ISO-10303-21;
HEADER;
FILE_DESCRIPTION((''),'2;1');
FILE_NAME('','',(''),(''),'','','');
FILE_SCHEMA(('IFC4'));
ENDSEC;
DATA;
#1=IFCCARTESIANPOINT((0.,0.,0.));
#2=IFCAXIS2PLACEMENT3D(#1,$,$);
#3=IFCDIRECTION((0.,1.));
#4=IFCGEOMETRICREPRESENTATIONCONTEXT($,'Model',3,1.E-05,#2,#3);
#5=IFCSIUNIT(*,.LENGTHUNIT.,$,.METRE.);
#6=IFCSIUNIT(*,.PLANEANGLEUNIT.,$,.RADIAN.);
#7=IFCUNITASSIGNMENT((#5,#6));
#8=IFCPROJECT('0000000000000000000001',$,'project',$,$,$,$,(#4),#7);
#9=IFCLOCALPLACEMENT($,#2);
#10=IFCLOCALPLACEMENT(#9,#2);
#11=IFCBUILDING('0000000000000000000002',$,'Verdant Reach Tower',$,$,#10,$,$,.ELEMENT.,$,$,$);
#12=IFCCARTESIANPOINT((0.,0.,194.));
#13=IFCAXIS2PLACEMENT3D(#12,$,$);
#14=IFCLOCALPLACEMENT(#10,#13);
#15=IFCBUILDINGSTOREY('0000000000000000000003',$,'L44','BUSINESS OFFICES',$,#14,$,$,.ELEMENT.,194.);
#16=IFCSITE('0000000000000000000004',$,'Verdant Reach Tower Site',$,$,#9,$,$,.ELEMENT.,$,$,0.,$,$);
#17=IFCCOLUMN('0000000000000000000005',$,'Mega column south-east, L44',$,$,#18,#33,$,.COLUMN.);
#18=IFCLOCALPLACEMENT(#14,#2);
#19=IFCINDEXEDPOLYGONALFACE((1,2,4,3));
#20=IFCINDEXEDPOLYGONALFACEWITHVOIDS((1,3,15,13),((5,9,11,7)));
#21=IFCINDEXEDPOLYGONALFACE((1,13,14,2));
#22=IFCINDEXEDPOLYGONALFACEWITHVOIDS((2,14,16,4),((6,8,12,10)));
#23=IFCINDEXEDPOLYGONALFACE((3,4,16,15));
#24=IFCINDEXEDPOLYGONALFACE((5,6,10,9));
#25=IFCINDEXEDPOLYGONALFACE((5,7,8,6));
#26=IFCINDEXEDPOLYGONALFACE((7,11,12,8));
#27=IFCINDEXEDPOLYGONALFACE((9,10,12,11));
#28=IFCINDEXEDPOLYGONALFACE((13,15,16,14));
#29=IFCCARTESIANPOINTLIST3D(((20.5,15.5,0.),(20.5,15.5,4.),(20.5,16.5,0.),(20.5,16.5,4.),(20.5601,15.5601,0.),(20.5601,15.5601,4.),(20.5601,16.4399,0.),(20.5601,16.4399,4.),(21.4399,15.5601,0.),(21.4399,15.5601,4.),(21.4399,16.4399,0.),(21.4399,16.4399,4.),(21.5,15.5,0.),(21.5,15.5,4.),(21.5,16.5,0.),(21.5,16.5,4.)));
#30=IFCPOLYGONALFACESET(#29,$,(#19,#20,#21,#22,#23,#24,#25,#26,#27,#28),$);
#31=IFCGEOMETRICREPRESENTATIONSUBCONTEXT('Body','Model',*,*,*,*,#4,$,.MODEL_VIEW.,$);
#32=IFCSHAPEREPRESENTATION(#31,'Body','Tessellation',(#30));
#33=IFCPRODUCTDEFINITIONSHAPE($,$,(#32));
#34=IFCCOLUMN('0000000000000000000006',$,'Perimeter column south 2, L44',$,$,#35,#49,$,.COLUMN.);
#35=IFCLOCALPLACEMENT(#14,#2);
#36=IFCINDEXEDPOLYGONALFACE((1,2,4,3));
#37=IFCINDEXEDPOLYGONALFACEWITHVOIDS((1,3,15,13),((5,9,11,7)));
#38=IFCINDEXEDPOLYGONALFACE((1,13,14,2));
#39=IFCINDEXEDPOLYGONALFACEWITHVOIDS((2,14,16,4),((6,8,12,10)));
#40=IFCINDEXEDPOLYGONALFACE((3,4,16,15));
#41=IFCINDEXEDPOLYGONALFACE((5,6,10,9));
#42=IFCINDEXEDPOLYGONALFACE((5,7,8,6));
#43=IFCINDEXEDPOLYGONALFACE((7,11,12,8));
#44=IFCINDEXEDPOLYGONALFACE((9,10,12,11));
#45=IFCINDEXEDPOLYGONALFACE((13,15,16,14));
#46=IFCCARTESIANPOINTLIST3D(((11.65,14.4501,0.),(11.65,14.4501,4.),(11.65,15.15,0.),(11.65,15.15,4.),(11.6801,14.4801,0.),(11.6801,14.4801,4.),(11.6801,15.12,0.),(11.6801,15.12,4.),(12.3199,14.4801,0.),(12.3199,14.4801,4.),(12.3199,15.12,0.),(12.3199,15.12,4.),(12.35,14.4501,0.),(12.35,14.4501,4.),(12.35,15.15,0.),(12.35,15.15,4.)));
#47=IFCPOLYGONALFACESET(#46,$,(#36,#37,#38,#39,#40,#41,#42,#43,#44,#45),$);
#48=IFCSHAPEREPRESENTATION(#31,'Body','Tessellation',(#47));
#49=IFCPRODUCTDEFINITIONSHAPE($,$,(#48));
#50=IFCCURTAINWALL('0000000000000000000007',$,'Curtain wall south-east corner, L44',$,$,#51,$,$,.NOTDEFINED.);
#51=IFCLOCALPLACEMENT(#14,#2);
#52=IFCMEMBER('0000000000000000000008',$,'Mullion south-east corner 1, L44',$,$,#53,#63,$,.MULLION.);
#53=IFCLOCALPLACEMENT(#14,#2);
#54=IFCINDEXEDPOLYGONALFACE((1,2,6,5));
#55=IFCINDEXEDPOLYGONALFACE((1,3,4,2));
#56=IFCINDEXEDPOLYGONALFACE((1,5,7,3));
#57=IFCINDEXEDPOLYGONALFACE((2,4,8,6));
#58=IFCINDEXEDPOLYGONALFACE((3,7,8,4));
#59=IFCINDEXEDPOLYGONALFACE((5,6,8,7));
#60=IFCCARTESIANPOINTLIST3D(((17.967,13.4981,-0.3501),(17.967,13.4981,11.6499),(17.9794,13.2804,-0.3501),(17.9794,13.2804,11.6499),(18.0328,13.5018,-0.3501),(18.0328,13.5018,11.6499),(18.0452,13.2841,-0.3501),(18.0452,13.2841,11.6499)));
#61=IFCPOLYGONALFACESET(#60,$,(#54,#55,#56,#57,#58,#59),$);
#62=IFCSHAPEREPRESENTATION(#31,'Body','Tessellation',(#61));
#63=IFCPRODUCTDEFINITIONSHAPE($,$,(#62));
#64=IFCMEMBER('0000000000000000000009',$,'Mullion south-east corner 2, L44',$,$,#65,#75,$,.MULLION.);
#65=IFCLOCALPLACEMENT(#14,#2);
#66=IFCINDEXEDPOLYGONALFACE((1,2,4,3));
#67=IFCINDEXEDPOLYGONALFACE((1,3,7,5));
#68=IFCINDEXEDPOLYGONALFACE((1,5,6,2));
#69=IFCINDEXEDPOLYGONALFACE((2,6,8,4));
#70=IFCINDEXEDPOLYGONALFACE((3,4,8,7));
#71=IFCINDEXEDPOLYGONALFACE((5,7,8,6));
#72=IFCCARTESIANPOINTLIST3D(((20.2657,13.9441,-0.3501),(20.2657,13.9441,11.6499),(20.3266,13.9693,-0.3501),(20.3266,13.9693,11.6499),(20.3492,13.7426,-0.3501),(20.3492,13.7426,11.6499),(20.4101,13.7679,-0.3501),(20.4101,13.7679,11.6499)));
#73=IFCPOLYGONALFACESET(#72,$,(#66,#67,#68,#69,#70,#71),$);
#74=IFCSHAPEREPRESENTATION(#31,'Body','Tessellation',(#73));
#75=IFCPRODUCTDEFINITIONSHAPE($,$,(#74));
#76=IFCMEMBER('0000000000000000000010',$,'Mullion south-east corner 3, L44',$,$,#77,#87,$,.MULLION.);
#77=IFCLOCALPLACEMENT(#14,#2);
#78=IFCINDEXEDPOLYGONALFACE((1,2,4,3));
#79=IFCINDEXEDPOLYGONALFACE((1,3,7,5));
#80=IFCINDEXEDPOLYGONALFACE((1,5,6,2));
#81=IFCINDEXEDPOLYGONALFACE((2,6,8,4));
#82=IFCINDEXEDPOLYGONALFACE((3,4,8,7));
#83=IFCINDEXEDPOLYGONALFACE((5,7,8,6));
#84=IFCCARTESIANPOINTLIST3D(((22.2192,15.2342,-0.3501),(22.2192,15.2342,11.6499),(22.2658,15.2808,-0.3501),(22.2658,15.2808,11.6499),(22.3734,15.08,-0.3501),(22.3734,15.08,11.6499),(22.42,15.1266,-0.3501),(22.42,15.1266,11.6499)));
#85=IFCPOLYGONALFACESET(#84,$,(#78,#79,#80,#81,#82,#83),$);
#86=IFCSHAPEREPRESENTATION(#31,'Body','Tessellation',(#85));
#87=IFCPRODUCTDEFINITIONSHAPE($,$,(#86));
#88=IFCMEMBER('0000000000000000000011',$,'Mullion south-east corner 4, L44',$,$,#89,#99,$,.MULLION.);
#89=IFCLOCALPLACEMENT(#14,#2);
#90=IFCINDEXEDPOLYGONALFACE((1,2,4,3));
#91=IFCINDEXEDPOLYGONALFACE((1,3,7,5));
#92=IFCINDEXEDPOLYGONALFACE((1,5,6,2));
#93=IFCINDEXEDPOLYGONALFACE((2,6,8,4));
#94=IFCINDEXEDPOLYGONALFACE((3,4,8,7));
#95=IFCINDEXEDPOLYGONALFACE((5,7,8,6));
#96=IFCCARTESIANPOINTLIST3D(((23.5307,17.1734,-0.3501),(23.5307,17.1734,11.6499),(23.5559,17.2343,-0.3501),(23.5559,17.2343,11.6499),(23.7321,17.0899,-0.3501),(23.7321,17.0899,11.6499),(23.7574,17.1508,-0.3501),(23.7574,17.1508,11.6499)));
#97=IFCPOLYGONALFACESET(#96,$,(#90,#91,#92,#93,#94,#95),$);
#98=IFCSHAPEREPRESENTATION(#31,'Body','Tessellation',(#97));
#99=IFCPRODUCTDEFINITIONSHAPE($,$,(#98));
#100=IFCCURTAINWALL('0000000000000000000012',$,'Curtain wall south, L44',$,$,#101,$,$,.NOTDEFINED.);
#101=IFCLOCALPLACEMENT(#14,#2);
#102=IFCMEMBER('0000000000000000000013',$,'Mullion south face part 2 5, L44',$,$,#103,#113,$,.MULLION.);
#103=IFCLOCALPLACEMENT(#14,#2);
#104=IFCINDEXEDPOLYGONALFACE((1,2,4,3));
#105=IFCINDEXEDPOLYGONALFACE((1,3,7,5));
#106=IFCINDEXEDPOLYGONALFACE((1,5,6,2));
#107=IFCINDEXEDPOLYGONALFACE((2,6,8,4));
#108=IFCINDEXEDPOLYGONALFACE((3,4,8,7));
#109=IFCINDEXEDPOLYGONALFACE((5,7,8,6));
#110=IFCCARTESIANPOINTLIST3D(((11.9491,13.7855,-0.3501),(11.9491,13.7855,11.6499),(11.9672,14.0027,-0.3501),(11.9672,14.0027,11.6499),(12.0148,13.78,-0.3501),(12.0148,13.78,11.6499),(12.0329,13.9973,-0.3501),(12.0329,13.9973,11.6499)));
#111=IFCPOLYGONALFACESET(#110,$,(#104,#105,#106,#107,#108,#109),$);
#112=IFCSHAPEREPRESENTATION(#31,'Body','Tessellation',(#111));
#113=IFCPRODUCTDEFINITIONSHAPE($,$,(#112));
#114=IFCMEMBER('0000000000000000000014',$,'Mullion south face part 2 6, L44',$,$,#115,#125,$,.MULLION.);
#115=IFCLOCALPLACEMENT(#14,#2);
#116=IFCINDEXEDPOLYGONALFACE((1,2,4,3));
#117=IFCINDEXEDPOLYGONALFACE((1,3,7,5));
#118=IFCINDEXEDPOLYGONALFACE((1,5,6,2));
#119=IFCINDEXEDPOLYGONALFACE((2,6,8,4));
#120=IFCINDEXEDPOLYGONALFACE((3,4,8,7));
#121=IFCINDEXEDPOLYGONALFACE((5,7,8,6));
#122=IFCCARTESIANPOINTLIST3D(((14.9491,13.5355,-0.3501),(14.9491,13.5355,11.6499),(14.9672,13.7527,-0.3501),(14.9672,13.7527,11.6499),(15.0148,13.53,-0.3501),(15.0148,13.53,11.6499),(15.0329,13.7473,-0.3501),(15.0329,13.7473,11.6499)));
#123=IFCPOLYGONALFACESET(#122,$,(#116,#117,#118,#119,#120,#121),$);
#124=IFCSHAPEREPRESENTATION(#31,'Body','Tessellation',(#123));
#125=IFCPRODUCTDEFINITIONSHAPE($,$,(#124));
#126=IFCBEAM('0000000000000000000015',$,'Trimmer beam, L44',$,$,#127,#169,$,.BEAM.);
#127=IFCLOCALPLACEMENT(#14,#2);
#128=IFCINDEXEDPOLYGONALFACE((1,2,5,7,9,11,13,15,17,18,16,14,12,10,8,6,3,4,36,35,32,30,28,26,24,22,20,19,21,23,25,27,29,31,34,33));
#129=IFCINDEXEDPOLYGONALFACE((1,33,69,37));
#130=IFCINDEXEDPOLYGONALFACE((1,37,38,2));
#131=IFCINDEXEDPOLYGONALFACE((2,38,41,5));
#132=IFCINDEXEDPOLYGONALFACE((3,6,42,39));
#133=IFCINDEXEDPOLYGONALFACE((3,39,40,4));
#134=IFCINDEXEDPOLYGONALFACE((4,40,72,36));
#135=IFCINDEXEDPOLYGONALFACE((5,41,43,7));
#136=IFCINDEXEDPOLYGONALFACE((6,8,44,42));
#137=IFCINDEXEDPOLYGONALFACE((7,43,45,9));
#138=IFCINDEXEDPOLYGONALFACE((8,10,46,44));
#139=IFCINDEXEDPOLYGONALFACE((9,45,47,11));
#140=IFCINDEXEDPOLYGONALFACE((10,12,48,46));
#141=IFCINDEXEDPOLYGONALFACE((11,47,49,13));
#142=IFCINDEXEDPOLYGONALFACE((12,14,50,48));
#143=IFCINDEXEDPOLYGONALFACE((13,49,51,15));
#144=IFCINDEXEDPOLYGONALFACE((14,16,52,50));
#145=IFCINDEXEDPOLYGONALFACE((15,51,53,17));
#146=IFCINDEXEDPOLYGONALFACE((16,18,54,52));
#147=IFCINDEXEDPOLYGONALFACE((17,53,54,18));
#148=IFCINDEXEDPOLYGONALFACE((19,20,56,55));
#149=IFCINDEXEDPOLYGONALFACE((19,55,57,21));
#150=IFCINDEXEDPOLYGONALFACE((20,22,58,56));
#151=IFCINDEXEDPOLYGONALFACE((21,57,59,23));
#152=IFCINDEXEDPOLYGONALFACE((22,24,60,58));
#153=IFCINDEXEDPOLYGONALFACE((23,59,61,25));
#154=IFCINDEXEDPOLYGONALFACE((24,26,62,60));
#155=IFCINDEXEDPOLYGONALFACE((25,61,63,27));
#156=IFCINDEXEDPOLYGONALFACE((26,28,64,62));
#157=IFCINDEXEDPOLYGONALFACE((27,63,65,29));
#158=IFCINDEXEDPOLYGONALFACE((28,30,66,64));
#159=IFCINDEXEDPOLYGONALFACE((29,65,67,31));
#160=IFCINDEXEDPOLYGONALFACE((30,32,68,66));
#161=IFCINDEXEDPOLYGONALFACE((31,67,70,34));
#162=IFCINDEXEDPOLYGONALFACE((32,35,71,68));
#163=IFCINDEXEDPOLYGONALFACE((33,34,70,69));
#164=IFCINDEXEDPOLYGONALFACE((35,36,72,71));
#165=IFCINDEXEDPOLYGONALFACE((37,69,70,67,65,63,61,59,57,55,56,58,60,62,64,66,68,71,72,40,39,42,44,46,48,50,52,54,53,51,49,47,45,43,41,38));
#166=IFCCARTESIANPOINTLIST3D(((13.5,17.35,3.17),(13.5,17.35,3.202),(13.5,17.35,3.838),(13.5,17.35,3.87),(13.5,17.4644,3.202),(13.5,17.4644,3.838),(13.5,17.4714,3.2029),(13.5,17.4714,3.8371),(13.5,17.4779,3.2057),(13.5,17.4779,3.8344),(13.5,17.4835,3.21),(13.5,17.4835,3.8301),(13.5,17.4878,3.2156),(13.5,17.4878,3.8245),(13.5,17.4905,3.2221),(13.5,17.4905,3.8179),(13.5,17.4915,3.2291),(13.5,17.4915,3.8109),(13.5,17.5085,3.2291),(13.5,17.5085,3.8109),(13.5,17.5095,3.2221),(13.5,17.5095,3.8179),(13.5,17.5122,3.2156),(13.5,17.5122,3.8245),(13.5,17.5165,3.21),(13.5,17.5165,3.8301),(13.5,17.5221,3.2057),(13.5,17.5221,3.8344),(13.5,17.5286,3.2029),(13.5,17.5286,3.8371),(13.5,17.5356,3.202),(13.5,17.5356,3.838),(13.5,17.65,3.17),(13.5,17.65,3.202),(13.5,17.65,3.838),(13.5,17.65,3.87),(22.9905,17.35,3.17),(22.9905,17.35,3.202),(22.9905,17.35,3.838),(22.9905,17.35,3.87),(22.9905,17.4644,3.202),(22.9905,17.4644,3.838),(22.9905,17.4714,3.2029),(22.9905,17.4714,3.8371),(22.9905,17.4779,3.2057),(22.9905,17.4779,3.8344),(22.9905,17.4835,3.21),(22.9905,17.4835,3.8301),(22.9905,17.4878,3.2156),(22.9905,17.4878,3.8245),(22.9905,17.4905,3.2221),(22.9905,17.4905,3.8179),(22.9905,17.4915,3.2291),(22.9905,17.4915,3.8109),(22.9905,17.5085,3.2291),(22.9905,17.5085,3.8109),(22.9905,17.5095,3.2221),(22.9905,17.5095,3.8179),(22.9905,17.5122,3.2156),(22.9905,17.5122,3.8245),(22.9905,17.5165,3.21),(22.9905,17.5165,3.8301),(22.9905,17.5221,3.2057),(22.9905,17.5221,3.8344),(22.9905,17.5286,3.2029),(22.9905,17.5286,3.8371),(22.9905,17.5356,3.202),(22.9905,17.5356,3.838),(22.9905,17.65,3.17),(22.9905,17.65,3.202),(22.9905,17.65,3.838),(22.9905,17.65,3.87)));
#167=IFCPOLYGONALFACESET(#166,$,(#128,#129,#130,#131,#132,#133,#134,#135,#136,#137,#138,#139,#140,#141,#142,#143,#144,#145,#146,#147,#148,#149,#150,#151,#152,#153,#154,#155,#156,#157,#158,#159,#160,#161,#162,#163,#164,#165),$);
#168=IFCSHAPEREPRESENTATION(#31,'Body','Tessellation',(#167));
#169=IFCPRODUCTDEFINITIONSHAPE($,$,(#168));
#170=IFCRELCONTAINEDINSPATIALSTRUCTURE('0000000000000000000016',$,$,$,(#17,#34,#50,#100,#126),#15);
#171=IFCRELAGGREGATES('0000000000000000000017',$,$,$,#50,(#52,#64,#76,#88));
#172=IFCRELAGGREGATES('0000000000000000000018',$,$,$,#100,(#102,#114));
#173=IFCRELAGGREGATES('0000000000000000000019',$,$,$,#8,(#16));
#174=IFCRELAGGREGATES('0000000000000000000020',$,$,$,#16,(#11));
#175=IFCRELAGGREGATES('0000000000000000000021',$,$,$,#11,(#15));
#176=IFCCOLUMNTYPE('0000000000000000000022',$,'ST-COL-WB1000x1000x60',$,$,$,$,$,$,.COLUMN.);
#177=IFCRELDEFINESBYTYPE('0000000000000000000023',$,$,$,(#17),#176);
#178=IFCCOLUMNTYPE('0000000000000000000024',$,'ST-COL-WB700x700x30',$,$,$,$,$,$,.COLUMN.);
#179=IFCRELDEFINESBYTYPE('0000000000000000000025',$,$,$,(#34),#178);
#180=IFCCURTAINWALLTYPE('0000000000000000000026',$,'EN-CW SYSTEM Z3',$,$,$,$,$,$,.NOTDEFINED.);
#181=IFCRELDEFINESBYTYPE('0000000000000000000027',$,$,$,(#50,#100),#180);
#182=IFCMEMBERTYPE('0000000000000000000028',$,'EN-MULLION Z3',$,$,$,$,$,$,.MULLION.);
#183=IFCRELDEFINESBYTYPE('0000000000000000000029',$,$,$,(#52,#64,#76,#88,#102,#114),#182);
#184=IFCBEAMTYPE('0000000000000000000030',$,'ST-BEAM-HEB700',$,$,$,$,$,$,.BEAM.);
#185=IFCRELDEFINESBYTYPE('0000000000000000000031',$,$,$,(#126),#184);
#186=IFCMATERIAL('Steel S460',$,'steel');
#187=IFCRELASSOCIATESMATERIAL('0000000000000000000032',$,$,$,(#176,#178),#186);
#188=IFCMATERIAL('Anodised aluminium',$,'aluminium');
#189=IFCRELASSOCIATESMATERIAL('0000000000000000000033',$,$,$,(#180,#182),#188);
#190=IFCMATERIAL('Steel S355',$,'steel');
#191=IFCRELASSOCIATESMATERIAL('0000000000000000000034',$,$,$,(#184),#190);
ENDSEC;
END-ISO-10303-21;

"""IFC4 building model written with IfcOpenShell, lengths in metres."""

from ifc_helpers import new_model, si_unit, direction, frame, origin, origin_2d, place, context, subcontext, project, spatial, rectangle, hollow_rectangle, i_section, extrude, material, material_profile, profile_set, type_object, element, aggregate, save


model = new_model("IFC4")

# Units and contexts
model_context = context("Model", 3, precision=1e-05, world=origin(), true_north=direction((0.0, 1.0)))
body_context = subcontext(model_context, "Body", "Model", "MODEL_VIEW")
ifc_project = project(units=[si_unit("LENGTHUNIT", "METRE"), si_unit("PLANEANGLEUNIT", "RADIAN")], contexts=[model_context])

# Site, building, storey
site_placement = place(None, origin())
site = spatial("IfcSite", under=ifc_project, at=site_placement, Name="Verdant Reach Tower Site", CompositionType="ELEMENT", RefElevation=0.0)
building_placement = place(site_placement, origin())
building = spatial("IfcBuilding", under=site, at=building_placement, Name="Verdant Reach Tower", CompositionType="ELEMENT")
storey_placement = place(building_placement, frame((0.0, 0.0, 194.0)))
storey = spatial("IfcBuildingStorey", under=building, at=storey_placement, Name="L44", Description="BUSINESS OFFICES", CompositionType="ELEMENT", Elevation=194.0)

# Columns
ifc_material_1 = material(Name="Steel S460", Category="steel")
ifc_material_profile_1 = material_profile(ifc_material_1, hollow_rectangle(XDim=1.0, YDim=1.0, WallThickness=0.0601, at=origin_2d()), Name="WB 1000x1000x60")
ifc_profile_set_1 = profile_set([ifc_material_profile_1], Name="Steel S460")
column_type_1 = type_object("IfcColumnType", Name="ST-COL-WB1000x1000x60", PredefinedType="COLUMN", material=ifc_profile_set_1)
column_1_placement = place(storey_placement, frame((21.0, 16.0, 0.0), z_axis=(0.0, 0.0, 1.0), x_axis=(1.0, 0.0, 0.0)))
element("IfcColumn", 1, at=column_1_placement, inside=storey, type_object=column_type_1, Name="Mega column south-east, L44", PredefinedType="COLUMN", context=body_context, shape_type="SweptSolid", body=[
    extrude(hollow_rectangle(XDim=1.0, YDim=1.0, WallThickness=0.0601, at=origin_2d()), origin(), (0.0, 0.0, 1.0), 4.0),
])
ifc_material_profile_2 = material_profile(ifc_material_1, hollow_rectangle(XDim=0.7, YDim=0.7, WallThickness=0.03, at=origin_2d()), Name="WB 700x700x30")
ifc_profile_set_2 = profile_set([ifc_material_profile_2], Name="Steel S460")
column_type_2 = type_object("IfcColumnType", Name="ST-COL-WB700x700x30", PredefinedType="COLUMN", material=ifc_profile_set_2)
column_2_placement = place(storey_placement, frame((12.0, 14.8, 0.0), z_axis=(0.0, 0.0, 1.0), x_axis=(1.0, 0.0, 0.0)))
element("IfcColumn", 2, at=column_2_placement, inside=storey, type_object=column_type_2, Name="Perimeter column south 2, L44", PredefinedType="COLUMN", context=body_context, shape_type="SweptSolid", body=[
    extrude(hollow_rectangle(XDim=0.7, YDim=0.7, WallThickness=0.03, at=origin_2d()), origin(), (0.0, 0.0, 1.0), 4.0),
])

# Curtain walls, members
ifc_material_2 = material(Name="Anodised aluminium", Category="aluminium")
curtain_wall_type = type_object("IfcCurtainWallType", Name="EN-CW SYSTEM Z3", PredefinedType="NOTDEFINED", material=ifc_material_2)
curtain_wall_1_placement = place(storey_placement, origin())
curtain_wall_1 = element("IfcCurtainWall", 3, at=curtain_wall_1_placement, inside=storey, type_object=curtain_wall_type, Name="Curtain wall south-east corner, L44", PredefinedType="NOTDEFINED")
ifc_material_profile_3 = material_profile(ifc_material_2, rectangle(XDim=0.218, YDim=0.0659, at=origin_2d()), Name="Mullion 66x218")
ifc_profile_set_3 = profile_set([ifc_material_profile_3], Name="Anodised aluminium")
member_type = type_object("IfcMemberType", Name="EN-MULLION Z3", PredefinedType="MULLION", material=ifc_profile_set_3)
member_1_placement = place(storey_placement, frame((18.0061, 13.3911, -0.3501), z_axis=(0.0, 0.0, 1.0), x_axis=(0.056569, -0.998399, 0.0)))
member_1 = element("IfcMember", 4, at=member_1_placement, type_object=member_type, Name="Mullion south-east corner 1, L44", PredefinedType="MULLION", context=body_context, shape_type="SweptSolid", body=[
    extrude(rectangle(XDim=0.218, YDim=0.0659, at=origin_2d()), origin(), (0.0, 0.0, 1.0), 12.0),
])
member_2_placement = place(storey_placement, frame((20.3379, 13.856, -0.3501), z_axis=(0.0, 0.0, 1.0), x_axis=(0.382694, -0.923875, 0.0)))
member_2 = element("IfcMember", 5, at=member_2_placement, type_object=member_type, Name="Mullion south-east corner 2, L44", PredefinedType="MULLION", context=body_context, shape_type="SweptSolid", body=[
    extrude(rectangle(XDim=0.218, YDim=0.0659, at=origin_2d()), origin(), (0.0, 0.0, 1.0), 12.0),
])
member_3_placement = place(storey_placement, frame((22.3196, 15.1804, -0.3501), z_axis=(0.0, 0.0, 1.0), x_axis=(0.707107, -0.707107, 0.0)))
member_3 = element("IfcMember", 6, at=member_3_placement, type_object=member_type, Name="Mullion south-east corner 3, L44", PredefinedType="MULLION", context=body_context, shape_type="SweptSolid", body=[
    extrude(rectangle(XDim=0.218, YDim=0.0659, at=origin_2d()), origin(), (0.0, 0.0, 1.0), 12.0),
])
member_4_placement = place(storey_placement, frame((23.644, 17.1621, -0.3501), z_axis=(0.0, 0.0, 1.0), x_axis=(0.923875, -0.382694, 0.0)))
member_4 = element("IfcMember", 7, at=member_4_placement, type_object=member_type, Name="Mullion south-east corner 4, L44", PredefinedType="MULLION", context=body_context, shape_type="SweptSolid", body=[
    extrude(rectangle(XDim=0.218, YDim=0.0659, at=origin_2d()), origin(), (0.0, 0.0, 1.0), 12.0),
])
curtain_wall_2_placement = place(storey_placement, origin())
curtain_wall_2 = element("IfcCurtainWall", 8, at=curtain_wall_2_placement, inside=storey, type_object=curtain_wall_type, Name="Curtain wall south, L44", PredefinedType="NOTDEFINED")
member_5_placement = place(storey_placement, frame((11.991, 13.8914, -0.3501), z_axis=(0.0, 0.0, 1.0), x_axis=(-0.083045, -0.996546, 0.0)))
member_5 = element("IfcMember", 9, at=member_5_placement, type_object=member_type, Name="Mullion south face part 2 5, L44", PredefinedType="MULLION", context=body_context, shape_type="SweptSolid", body=[
    extrude(rectangle(XDim=0.218, YDim=0.0659, at=origin_2d()), origin(), (0.0, 0.0, 1.0), 12.0),
])
member_6_placement = place(storey_placement, frame((14.991, 13.6414, -0.3501), z_axis=(0.0, 0.0, 1.0), x_axis=(-0.083045, -0.996546, 0.0)))
member_6 = element("IfcMember", 10, at=member_6_placement, type_object=member_type, Name="Mullion south face part 2 6, L44", PredefinedType="MULLION", context=body_context, shape_type="SweptSolid", body=[
    extrude(rectangle(XDim=0.218, YDim=0.0659, at=origin_2d()), origin(), (0.0, 0.0, 1.0), 12.0),
])

# Beam
ifc_material_3 = material(Name="Steel S355", Category="steel")
ifc_material_profile_4 = material_profile(ifc_material_3, i_section(OverallWidth=0.3, OverallDepth=0.7, WebThickness=0.0171, FlangeThickness=0.032, FilletRadius=0.0271, at=origin_2d()), Name="HEB 700")
ifc_profile_set_4 = profile_set([ifc_material_profile_4], Name="Steel S355")
beam_type_1 = type_object("IfcBeamType", Name="ST-BEAM-HEB700", PredefinedType="BEAM", material=ifc_profile_set_4)
beam_1_placement = place(storey_placement, frame((13.5, 17.5, 3.52), z_axis=(1.0, 0.0, 0.0), x_axis=(0.0, 1.0, 0.0)))
element("IfcBeam", 11, at=beam_1_placement, inside=storey, type_object=beam_type_1, Name="Trimmer beam, L44", PredefinedType="BEAM", context=body_context, shape_type="SweptSolid", body=[
    extrude(i_section(OverallWidth=0.3, OverallDepth=0.7, WebThickness=0.0171, FlangeThickness=0.032, FilletRadius=0.0271, at=origin_2d()), origin(), (0.0, 0.0, 1.0), 9.4905),
])

aggregate(curtain_wall_1, [member_1, member_2, member_3, member_4])
aggregate(curtain_wall_2, [member_5, member_6])

save(model, "model.ifc")
